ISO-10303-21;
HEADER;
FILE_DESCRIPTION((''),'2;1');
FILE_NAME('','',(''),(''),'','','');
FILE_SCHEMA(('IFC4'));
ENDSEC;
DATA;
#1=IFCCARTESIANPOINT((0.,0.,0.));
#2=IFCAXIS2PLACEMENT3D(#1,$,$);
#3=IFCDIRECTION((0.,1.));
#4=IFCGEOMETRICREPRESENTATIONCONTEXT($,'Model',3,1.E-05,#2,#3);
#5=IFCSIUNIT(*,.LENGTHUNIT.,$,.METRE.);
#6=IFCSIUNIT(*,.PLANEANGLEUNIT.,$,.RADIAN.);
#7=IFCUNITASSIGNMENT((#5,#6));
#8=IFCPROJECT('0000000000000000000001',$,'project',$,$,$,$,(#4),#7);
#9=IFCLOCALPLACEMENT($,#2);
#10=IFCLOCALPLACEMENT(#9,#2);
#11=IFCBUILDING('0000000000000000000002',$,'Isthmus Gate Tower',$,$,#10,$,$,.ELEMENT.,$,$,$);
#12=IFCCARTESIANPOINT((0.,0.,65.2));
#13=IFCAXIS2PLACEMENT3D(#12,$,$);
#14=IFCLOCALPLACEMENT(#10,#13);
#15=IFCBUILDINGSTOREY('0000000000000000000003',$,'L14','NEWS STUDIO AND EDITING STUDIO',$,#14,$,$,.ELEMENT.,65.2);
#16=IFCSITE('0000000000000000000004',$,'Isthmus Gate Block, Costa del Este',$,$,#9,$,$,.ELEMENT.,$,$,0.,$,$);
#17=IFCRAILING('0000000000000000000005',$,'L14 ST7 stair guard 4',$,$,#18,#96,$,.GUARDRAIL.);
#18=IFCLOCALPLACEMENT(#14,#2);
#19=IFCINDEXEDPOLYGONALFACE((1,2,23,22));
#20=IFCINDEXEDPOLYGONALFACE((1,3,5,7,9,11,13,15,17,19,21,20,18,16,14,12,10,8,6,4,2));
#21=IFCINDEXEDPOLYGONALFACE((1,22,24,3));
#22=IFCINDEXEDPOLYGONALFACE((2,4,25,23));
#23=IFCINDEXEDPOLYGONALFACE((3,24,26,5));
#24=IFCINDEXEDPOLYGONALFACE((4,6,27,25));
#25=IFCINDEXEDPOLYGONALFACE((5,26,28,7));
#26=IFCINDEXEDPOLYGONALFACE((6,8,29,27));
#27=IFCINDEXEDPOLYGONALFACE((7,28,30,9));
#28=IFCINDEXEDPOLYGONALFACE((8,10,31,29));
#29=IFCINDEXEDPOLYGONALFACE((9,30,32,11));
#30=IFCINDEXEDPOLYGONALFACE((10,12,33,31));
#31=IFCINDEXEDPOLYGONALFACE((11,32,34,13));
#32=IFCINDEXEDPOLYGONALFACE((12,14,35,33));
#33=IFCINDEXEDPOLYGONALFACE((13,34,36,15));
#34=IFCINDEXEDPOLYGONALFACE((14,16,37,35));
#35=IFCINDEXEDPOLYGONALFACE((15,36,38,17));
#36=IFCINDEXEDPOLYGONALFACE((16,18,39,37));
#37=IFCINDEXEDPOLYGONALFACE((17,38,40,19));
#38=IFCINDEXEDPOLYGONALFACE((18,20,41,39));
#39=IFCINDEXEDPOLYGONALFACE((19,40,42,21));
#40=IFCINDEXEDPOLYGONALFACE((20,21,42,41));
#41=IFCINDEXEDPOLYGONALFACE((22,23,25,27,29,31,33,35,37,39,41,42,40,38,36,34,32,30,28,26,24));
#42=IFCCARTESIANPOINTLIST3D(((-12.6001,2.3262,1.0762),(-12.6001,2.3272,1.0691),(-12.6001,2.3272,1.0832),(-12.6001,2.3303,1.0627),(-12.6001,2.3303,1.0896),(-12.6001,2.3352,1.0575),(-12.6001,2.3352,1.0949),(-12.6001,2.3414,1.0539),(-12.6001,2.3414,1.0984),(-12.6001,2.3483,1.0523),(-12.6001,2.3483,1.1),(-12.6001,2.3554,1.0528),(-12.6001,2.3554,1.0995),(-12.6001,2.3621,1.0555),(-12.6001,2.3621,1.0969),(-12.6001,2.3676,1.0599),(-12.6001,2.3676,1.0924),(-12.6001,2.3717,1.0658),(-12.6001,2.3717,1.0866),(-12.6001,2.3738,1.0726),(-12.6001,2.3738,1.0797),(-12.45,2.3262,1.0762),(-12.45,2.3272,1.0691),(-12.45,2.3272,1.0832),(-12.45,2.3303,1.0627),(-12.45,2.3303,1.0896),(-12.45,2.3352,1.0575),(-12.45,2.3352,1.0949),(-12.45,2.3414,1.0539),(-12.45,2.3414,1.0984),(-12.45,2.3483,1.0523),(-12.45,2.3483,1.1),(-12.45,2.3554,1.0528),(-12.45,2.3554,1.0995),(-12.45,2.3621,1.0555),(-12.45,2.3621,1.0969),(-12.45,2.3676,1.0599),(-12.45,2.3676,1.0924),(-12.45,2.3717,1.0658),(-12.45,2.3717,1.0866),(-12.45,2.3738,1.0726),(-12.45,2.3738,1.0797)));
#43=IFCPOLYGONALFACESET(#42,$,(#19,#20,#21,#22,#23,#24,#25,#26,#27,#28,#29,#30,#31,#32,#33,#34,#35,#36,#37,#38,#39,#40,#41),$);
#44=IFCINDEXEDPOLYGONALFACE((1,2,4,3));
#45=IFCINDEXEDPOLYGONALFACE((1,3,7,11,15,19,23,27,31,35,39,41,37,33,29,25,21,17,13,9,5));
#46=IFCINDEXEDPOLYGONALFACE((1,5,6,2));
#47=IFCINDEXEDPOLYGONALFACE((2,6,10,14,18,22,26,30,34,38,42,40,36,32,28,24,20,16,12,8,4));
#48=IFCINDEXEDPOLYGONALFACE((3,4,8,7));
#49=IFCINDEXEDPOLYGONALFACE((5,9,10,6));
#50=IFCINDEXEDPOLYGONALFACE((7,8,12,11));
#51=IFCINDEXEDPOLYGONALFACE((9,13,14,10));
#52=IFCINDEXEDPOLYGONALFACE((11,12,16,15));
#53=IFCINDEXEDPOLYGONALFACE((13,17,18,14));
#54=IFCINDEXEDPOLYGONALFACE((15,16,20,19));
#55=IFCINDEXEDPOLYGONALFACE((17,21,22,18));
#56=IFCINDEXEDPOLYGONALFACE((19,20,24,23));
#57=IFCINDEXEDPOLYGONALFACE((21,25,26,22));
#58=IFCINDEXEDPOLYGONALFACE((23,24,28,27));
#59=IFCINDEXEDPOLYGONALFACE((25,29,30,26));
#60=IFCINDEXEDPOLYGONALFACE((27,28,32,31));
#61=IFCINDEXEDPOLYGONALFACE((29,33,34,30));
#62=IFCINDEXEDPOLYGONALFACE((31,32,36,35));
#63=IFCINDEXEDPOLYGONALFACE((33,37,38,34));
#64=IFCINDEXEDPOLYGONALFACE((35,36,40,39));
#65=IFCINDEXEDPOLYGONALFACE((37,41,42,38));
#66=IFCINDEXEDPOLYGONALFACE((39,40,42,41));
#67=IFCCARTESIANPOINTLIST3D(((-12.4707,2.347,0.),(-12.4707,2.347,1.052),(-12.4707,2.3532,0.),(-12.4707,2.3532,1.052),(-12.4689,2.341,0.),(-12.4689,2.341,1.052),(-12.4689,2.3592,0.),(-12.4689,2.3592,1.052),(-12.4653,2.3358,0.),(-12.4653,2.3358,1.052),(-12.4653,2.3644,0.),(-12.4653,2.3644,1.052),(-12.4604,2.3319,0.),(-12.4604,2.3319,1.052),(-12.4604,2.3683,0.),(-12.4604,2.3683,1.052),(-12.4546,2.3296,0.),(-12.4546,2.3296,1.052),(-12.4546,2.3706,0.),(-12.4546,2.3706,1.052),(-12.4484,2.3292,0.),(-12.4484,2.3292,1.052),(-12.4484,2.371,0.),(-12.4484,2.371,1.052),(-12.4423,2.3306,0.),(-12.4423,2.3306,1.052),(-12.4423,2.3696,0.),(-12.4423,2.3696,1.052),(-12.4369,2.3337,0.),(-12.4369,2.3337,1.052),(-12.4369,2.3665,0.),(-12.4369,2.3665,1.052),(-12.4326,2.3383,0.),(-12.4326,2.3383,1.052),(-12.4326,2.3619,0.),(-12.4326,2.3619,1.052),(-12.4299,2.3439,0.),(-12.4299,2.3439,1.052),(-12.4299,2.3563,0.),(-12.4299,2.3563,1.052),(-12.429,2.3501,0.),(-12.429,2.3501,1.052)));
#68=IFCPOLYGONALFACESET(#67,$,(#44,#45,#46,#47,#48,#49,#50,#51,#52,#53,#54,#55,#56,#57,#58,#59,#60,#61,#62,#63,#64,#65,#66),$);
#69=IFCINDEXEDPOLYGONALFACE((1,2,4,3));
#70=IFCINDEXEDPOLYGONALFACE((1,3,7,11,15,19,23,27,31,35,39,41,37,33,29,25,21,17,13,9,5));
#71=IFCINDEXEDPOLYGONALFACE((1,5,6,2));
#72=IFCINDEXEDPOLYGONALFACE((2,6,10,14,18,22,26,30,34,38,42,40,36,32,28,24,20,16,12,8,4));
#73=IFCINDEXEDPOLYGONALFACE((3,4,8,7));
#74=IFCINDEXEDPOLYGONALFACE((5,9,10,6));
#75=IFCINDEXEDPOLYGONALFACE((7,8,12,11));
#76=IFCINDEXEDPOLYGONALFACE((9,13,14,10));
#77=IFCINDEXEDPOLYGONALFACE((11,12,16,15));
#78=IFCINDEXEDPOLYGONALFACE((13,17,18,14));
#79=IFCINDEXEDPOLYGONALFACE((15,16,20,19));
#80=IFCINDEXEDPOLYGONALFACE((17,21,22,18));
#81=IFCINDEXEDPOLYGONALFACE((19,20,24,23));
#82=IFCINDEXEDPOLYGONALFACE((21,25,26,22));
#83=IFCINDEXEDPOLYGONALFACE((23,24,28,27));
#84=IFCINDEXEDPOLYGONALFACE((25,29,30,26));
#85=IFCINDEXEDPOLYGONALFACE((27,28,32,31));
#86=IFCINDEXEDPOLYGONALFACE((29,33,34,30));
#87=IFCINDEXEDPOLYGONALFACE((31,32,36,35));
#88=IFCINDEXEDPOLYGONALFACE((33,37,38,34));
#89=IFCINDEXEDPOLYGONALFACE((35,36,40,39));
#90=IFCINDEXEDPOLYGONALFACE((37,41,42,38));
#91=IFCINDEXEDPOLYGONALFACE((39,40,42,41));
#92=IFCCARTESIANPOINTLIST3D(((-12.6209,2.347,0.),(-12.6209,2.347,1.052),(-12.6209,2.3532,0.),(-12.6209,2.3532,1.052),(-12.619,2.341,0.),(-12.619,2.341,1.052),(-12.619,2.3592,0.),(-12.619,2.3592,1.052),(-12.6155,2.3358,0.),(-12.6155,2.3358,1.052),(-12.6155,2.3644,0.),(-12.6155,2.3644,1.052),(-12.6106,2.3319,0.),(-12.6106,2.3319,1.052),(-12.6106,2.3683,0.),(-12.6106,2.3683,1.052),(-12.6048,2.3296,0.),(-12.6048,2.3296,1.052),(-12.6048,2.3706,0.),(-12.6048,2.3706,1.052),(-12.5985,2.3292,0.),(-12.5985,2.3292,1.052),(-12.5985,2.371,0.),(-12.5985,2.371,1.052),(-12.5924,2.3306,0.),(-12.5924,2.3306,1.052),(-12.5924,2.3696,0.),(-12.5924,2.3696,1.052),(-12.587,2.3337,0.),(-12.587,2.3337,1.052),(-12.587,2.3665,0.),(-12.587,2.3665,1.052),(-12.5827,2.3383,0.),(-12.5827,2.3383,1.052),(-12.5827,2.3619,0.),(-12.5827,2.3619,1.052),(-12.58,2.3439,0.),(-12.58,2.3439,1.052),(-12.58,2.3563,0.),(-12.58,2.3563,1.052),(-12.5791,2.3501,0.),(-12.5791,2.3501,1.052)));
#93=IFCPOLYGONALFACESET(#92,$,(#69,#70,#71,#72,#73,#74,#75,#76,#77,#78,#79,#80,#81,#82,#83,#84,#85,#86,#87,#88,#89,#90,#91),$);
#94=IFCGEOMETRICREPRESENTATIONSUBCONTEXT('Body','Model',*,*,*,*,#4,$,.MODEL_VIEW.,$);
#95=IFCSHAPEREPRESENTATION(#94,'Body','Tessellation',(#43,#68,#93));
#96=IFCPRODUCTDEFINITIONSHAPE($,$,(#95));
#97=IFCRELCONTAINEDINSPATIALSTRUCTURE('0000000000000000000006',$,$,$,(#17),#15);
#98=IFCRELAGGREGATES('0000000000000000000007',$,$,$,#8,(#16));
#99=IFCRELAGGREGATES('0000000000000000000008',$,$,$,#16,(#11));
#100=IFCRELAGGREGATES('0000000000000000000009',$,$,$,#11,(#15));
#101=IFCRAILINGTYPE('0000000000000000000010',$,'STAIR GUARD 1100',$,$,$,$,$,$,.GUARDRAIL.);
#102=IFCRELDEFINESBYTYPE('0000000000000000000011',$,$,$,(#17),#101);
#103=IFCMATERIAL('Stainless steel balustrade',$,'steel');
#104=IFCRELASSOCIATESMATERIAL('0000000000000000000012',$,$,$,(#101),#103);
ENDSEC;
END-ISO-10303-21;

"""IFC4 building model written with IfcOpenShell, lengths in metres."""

from ifc_helpers import new_model, si_unit, direction, frame, origin, origin_2d, place, context, subcontext, project, spatial, circle, extrude, material, type_object, element, save


model = new_model("IFC4")

# Units and contexts
model_context = context("Model", 3, precision=1e-05, world=origin(), true_north=direction((0.0, 1.0)))
body_context = subcontext(model_context, "Body", "Model", "MODEL_VIEW")
ifc_project = project(units=[si_unit("LENGTHUNIT", "METRE"), si_unit("PLANEANGLEUNIT", "RADIAN")], contexts=[model_context])

# Site, building, storey
site_placement = place(None, origin())
site = spatial("IfcSite", under=ifc_project, at=site_placement, Name="Isthmus Gate Block, Costa del Este", CompositionType="ELEMENT", RefElevation=0.0)
building_placement = place(site_placement, origin())
building = spatial("IfcBuilding", under=site, at=building_placement, Name="Isthmus Gate Tower", CompositionType="ELEMENT")
storey_placement = place(building_placement, frame((0.0, 0.0, 65.2)))
storey = spatial("IfcBuildingStorey", under=building, at=storey_placement, Name="L14", Description="NEWS STUDIO AND EDITING STUDIO", CompositionType="ELEMENT", Elevation=65.2)

# Railing
ifc_material_1 = material(Name="Stainless steel balustrade", Category="steel")
railing_type_1 = type_object("IfcRailingType", Name="STAIR GUARD 1100", PredefinedType="GUARDRAIL", material=ifc_material_1)
railing_1_placement = place(storey_placement, frame((-12.45, 2.3501, 0.0)))
element("IfcRailing", 1, at=railing_1_placement, inside=storey, type_object=railing_type_1, Name="L14 ST7 stair guard 4", PredefinedType="GUARDRAIL", context=body_context, shape_type="SweptSolid", body=[
    extrude(circle(Radius=0.0239, at=origin_2d()), frame((0.0, 0.0, 1.0762), z_axis=(-1.0, 0.0, 0.0), x_axis=(0.0, -1.0, 0.0)), (0.0, 0.0, 1.0), 0.1501),
    extrude(circle(Radius=0.021, at=origin_2d()), origin(), (0.0, 0.0, 1.0), 1.052),
    extrude(circle(Radius=0.021, at=origin_2d()), frame((-0.1501, 0.0, 0.0)), (0.0, 0.0, 1.0), 1.052),
])

save(model, "model.ifc")
